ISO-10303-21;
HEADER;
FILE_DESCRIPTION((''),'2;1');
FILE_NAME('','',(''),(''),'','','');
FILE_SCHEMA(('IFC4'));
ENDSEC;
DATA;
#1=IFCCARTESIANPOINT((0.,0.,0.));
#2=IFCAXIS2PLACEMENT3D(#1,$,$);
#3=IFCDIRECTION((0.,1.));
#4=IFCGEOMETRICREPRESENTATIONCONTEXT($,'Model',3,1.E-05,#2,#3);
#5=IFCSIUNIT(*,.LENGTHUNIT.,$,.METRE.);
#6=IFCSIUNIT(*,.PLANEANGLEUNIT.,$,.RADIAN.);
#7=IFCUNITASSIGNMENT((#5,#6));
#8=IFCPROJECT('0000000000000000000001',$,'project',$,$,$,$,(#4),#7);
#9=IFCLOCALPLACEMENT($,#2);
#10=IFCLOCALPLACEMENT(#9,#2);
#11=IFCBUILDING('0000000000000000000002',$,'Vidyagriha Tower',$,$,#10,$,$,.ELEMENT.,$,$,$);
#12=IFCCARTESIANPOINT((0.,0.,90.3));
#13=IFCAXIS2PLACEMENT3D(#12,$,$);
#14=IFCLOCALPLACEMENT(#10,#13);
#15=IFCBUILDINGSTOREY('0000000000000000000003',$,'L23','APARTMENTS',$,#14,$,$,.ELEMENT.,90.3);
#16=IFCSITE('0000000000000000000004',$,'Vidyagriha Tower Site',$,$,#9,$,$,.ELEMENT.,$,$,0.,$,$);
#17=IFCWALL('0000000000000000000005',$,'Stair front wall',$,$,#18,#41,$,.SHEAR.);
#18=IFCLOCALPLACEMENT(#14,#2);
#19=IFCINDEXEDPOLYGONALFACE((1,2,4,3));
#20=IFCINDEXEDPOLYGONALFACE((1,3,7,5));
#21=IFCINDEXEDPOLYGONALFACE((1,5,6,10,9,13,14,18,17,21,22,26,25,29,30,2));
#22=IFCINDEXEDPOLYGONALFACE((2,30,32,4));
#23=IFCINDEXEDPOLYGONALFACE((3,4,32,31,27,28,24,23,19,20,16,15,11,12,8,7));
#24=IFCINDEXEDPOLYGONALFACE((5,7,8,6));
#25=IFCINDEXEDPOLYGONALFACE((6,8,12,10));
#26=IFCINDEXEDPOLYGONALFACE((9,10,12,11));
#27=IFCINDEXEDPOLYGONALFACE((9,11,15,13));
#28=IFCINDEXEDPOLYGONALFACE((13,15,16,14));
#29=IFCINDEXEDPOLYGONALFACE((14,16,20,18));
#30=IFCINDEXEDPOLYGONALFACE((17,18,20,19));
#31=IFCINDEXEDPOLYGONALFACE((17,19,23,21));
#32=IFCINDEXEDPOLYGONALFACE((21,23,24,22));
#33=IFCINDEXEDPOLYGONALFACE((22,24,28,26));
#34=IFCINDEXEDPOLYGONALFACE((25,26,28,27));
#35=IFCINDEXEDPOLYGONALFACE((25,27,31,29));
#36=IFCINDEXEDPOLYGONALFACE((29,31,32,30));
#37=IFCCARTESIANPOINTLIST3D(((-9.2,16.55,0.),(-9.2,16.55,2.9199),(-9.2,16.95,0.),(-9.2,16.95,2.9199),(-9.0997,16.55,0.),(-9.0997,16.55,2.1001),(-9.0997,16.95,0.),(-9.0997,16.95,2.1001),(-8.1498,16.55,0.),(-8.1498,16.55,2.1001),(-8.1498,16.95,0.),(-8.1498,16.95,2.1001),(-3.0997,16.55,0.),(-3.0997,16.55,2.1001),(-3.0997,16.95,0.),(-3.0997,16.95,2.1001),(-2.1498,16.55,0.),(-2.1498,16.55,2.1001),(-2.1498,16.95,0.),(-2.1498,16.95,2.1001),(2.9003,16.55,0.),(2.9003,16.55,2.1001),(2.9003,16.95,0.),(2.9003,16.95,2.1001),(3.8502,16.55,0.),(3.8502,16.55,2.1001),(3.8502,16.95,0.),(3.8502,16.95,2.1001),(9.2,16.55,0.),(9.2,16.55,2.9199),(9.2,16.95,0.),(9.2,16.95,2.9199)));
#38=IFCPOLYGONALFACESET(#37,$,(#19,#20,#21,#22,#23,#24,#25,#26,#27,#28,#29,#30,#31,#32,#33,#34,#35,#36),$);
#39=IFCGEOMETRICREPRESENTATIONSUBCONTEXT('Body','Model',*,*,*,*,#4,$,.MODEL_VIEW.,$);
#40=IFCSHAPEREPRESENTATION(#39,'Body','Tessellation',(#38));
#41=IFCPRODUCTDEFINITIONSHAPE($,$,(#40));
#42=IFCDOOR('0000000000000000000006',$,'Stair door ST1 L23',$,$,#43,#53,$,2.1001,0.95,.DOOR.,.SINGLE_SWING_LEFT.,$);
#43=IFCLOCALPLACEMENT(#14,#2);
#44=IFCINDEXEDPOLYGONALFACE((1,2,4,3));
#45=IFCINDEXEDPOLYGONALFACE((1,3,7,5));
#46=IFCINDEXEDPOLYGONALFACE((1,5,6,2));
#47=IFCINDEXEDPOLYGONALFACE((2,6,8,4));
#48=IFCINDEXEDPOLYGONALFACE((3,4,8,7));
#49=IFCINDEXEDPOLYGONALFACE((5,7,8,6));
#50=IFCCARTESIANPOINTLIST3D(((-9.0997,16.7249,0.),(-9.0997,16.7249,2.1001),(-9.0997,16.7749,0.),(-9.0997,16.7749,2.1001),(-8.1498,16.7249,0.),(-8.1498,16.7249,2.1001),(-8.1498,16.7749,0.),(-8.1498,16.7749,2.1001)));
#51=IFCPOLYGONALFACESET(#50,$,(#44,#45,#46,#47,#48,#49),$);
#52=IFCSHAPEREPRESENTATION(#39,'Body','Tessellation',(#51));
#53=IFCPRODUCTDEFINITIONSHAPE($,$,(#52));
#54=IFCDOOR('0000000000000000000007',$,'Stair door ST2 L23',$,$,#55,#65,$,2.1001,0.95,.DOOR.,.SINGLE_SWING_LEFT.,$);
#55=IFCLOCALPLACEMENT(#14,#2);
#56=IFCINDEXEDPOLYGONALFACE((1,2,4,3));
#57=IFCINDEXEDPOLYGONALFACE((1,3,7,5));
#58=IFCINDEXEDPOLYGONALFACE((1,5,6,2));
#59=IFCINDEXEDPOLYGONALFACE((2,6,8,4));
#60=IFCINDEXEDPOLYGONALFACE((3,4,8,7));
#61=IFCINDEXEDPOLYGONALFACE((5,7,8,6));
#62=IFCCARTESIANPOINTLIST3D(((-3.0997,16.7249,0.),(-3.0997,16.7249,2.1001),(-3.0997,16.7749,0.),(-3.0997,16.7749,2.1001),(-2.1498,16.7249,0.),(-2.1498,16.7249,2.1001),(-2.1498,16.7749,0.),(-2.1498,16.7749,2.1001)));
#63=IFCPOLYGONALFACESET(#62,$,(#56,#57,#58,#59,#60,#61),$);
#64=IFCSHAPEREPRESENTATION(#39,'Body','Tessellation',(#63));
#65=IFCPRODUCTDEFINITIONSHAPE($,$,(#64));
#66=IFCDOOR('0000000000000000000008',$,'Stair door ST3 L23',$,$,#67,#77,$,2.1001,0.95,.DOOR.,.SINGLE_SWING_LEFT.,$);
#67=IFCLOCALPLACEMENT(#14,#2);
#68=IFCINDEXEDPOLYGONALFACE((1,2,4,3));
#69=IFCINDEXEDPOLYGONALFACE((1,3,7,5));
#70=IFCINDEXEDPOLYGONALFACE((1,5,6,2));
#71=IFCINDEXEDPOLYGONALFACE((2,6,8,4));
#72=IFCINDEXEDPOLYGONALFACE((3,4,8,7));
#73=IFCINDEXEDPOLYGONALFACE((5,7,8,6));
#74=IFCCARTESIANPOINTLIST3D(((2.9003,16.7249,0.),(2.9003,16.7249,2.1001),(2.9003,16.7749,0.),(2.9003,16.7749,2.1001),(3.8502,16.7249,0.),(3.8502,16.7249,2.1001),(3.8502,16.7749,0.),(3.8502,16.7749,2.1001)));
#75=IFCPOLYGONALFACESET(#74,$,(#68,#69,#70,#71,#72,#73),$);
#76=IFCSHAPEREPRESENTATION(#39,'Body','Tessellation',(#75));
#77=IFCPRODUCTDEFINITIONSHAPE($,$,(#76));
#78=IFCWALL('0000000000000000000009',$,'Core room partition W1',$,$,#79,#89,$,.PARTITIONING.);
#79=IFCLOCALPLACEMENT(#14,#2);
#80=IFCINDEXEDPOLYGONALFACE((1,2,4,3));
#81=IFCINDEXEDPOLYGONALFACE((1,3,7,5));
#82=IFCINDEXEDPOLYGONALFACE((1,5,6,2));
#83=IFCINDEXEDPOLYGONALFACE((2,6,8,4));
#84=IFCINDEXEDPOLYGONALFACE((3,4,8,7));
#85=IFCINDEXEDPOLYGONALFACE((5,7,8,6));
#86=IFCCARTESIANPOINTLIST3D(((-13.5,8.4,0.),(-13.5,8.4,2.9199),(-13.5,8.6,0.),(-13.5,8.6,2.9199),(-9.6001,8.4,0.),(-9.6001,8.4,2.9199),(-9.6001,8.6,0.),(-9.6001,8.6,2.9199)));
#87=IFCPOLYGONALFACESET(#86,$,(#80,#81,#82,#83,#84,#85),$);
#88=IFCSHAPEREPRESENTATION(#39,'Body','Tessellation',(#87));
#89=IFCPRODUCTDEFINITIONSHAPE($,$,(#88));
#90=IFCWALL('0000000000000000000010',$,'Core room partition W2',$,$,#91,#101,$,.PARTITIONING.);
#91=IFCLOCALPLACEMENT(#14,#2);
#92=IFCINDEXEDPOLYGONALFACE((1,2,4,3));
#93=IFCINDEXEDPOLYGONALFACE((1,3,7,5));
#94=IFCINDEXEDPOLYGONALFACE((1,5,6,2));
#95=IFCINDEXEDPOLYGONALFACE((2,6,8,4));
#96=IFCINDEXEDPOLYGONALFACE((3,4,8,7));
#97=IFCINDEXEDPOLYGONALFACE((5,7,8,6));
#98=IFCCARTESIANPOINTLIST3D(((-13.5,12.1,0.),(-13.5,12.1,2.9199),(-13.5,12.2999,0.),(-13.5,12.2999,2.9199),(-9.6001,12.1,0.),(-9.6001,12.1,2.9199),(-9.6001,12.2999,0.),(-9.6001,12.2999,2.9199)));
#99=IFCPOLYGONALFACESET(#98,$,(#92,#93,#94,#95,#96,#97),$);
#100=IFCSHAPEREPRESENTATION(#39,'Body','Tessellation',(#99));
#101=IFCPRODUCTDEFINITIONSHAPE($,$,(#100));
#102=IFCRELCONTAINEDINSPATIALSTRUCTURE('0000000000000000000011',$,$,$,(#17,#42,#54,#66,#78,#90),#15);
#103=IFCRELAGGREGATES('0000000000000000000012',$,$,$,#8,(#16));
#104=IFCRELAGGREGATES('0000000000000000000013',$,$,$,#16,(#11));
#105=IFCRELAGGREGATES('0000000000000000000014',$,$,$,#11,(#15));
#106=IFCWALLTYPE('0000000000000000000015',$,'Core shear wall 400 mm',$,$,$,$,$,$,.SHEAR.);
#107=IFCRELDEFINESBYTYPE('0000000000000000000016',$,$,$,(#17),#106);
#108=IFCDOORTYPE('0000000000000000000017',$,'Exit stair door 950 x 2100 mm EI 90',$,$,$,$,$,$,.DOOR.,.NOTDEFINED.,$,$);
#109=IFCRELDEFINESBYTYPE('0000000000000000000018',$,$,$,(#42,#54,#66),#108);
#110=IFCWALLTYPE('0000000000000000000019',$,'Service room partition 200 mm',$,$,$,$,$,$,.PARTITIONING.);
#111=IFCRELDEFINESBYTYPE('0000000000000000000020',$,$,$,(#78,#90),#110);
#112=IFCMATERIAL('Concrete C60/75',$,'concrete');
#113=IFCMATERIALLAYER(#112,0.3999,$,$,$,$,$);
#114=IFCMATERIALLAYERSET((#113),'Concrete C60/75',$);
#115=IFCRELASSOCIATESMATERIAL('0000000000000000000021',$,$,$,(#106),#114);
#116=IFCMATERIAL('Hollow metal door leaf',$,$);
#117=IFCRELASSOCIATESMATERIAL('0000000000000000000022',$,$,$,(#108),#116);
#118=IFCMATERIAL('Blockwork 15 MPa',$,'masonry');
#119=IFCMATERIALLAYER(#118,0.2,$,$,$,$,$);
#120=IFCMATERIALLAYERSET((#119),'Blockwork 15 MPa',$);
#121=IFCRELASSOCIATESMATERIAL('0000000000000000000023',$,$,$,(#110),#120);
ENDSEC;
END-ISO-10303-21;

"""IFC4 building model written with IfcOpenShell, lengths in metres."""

from ifc_helpers import new_model, si_unit, direction, frame, frame_2d, origin, place, context, subcontext, project, spatial, rectangle, extrude, material, layer, layer_set, type_object, element, fill, save


model = new_model("IFC4")

# Units and contexts
model_context = context("Model", 3, precision=1e-05, world=origin(), true_north=direction((0.0, 1.0)))
body_context = subcontext(model_context, "Body", "Model", "MODEL_VIEW")
ifc_project = project(units=[si_unit("LENGTHUNIT", "METRE"), si_unit("PLANEANGLEUNIT", "RADIAN")], contexts=[model_context])

# Site, building, storey
site_placement = place(None, origin())
site = spatial("IfcSite", under=ifc_project, at=site_placement, Name="Vidyagriha Tower Site", CompositionType="ELEMENT", RefElevation=0.0)
building_placement = place(site_placement, origin())
building = spatial("IfcBuilding", under=site, at=building_placement, Name="Vidyagriha Tower", CompositionType="ELEMENT")
storey_placement = place(building_placement, frame((0.0, 0.0, 90.3)))
storey = spatial("IfcBuildingStorey", under=building, at=storey_placement, Name="L23", Description="APARTMENTS", CompositionType="ELEMENT", Elevation=90.3)

# Shared definitions
ifc_material_1 = material(Name="Concrete C60/75", Category="concrete")
ifc_layer_1 = layer(ifc_material_1, 0.3999)
ifc_layer_set_1 = layer_set([ifc_layer_1], Name="Concrete C60/75")
wall_type_1 = type_object("IfcWallType", Name="Core shear wall 400 mm", PredefinedType="SHEAR", material=ifc_layer_set_1)

# Wall, openings, doors
wall_1_placement = place(storey_placement, frame((-9.2, 16.75, 0.0)))
wall_1 = element("IfcWall", 1, at=wall_1_placement, inside=storey, type_object=wall_type_1, Name="Stair front wall", PredefinedType="SHEAR", context=body_context, shape_type="SweptSolid", body=[
    extrude(rectangle(XDim=18.3999, YDim=0.3999, at=frame_2d((9.2, 0.0))), origin(), (0.0, 0.0, 1.0), 2.9199),
])
opening_1_placement = place(wall_1_placement, frame((0.1001, 0.0, 0.0)))
opening_1 = element("IfcOpeningElement", 2, at=opening_1_placement, cuts=wall_1, PredefinedType="OPENING", context=body_context, shape_type="SweptSolid", body=[
    extrude(rectangle(XDim=0.95, YDim=2.1001, at=frame_2d((0.4751, 1.05))), frame((0.0, 0.21, 0.0), z_axis=(0.0, -1.0, 0.0), x_axis=(1.0, 0.0, 0.0)), (0.0, 0.0, 1.0), 0.4199),
])
opening_2_placement = place(wall_1_placement, frame((6.1001, 0.0, 0.0)))
opening_2 = element("IfcOpeningElement", 3, at=opening_2_placement, cuts=wall_1, PredefinedType="OPENING", context=body_context, shape_type="SweptSolid", body=[
    extrude(rectangle(XDim=0.95, YDim=2.1001, at=frame_2d((0.4751, 1.05))), frame((0.0, 0.21, 0.0), z_axis=(0.0, -1.0, 0.0), x_axis=(1.0, 0.0, 0.0)), (0.0, 0.0, 1.0), 0.4199),
])
opening_3_placement = place(wall_1_placement, frame((12.1001, 0.0, 0.0)))
opening_3 = element("IfcOpeningElement", 4, at=opening_3_placement, cuts=wall_1, PredefinedType="OPENING", context=body_context, shape_type="SweptSolid", body=[
    extrude(rectangle(XDim=0.95, YDim=2.1001, at=frame_2d((0.4751, 1.05))), frame((0.0, 0.21, 0.0), z_axis=(0.0, -1.0, 0.0), x_axis=(1.0, 0.0, 0.0)), (0.0, 0.0, 1.0), 0.4199),
])
ifc_material_2 = material(Name="Hollow metal door leaf")
door_type_1 = type_object("IfcDoorType", Name="Exit stair door 950 x 2100 mm EI 90", OperationType="NOTDEFINED", PredefinedType="DOOR", material=ifc_material_2)
door_1_placement = place(opening_1_placement, origin())
door_1 = element("IfcDoor", 5, at=door_1_placement, inside=storey, type_object=door_type_1, Name="Stair door ST1 L23", OperationType="SINGLE_SWING_LEFT", OverallHeight=2.1001, OverallWidth=0.95, PredefinedType="DOOR", context=body_context, shape_type="SweptSolid", body=[
    extrude(rectangle(XDim=0.95, YDim=2.1001, at=frame_2d((0.4751, 1.05))), frame((0.0, 0.0249, 0.0), z_axis=(0.0, -1.0, 0.0), x_axis=(1.0, 0.0, 0.0)), (0.0, 0.0, 1.0), 0.05),
])
fill(opening_1, door_1)
door_2_placement = place(opening_2_placement, origin())
door_2 = element("IfcDoor", 6, at=door_2_placement, inside=storey, type_object=door_type_1, Name="Stair door ST2 L23", OperationType="SINGLE_SWING_LEFT", OverallHeight=2.1001, OverallWidth=0.95, PredefinedType="DOOR", context=body_context, shape_type="SweptSolid", body=[
    extrude(rectangle(XDim=0.95, YDim=2.1001, at=frame_2d((0.4751, 1.05))), frame((0.0, 0.0249, 0.0), z_axis=(0.0, -1.0, 0.0), x_axis=(1.0, 0.0, 0.0)), (0.0, 0.0, 1.0), 0.05),
])
fill(opening_2, door_2)
door_3_placement = place(opening_3_placement, origin())
door_3 = element("IfcDoor", 7, at=door_3_placement, inside=storey, type_object=door_type_1, Name="Stair door ST3 L23", OperationType="SINGLE_SWING_LEFT", OverallHeight=2.1001, OverallWidth=0.95, PredefinedType="DOOR", context=body_context, shape_type="SweptSolid", body=[
    extrude(rectangle(XDim=0.95, YDim=2.1001, at=frame_2d((0.4751, 1.05))), frame((0.0, 0.0249, 0.0), z_axis=(0.0, -1.0, 0.0), x_axis=(1.0, 0.0, 0.0)), (0.0, 0.0, 1.0), 0.05),
])
fill(opening_3, door_3)

# Walls
ifc_material_3 = material(Name="Blockwork 15 MPa", Category="masonry")
ifc_layer_2 = layer(ifc_material_3, 0.2)
ifc_layer_set_2 = layer_set([ifc_layer_2], Name="Blockwork 15 MPa")
wall_type_2 = type_object("IfcWallType", Name="Service room partition 200 mm", PredefinedType="PARTITIONING", material=ifc_layer_set_2)
for number, where, name in (
    (8, (-13.5, 8.5, 0.0), "Core room partition W1"),
    (9, (-13.5, 12.2, 0.0), "Core room partition W2"),
):
    element("IfcWall", number, at=place(storey_placement, frame(where)), inside=storey, type_object=wall_type_2, Name=name, PredefinedType="PARTITIONING", context=body_context, shape_type="SweptSolid", body=[
        extrude(rectangle(XDim=3.8999, YDim=0.2, at=frame_2d((1.95, 0.0))), origin(), (0.0, 0.0, 1.0), 2.9199),
    ])

save(model, "model.ifc")
